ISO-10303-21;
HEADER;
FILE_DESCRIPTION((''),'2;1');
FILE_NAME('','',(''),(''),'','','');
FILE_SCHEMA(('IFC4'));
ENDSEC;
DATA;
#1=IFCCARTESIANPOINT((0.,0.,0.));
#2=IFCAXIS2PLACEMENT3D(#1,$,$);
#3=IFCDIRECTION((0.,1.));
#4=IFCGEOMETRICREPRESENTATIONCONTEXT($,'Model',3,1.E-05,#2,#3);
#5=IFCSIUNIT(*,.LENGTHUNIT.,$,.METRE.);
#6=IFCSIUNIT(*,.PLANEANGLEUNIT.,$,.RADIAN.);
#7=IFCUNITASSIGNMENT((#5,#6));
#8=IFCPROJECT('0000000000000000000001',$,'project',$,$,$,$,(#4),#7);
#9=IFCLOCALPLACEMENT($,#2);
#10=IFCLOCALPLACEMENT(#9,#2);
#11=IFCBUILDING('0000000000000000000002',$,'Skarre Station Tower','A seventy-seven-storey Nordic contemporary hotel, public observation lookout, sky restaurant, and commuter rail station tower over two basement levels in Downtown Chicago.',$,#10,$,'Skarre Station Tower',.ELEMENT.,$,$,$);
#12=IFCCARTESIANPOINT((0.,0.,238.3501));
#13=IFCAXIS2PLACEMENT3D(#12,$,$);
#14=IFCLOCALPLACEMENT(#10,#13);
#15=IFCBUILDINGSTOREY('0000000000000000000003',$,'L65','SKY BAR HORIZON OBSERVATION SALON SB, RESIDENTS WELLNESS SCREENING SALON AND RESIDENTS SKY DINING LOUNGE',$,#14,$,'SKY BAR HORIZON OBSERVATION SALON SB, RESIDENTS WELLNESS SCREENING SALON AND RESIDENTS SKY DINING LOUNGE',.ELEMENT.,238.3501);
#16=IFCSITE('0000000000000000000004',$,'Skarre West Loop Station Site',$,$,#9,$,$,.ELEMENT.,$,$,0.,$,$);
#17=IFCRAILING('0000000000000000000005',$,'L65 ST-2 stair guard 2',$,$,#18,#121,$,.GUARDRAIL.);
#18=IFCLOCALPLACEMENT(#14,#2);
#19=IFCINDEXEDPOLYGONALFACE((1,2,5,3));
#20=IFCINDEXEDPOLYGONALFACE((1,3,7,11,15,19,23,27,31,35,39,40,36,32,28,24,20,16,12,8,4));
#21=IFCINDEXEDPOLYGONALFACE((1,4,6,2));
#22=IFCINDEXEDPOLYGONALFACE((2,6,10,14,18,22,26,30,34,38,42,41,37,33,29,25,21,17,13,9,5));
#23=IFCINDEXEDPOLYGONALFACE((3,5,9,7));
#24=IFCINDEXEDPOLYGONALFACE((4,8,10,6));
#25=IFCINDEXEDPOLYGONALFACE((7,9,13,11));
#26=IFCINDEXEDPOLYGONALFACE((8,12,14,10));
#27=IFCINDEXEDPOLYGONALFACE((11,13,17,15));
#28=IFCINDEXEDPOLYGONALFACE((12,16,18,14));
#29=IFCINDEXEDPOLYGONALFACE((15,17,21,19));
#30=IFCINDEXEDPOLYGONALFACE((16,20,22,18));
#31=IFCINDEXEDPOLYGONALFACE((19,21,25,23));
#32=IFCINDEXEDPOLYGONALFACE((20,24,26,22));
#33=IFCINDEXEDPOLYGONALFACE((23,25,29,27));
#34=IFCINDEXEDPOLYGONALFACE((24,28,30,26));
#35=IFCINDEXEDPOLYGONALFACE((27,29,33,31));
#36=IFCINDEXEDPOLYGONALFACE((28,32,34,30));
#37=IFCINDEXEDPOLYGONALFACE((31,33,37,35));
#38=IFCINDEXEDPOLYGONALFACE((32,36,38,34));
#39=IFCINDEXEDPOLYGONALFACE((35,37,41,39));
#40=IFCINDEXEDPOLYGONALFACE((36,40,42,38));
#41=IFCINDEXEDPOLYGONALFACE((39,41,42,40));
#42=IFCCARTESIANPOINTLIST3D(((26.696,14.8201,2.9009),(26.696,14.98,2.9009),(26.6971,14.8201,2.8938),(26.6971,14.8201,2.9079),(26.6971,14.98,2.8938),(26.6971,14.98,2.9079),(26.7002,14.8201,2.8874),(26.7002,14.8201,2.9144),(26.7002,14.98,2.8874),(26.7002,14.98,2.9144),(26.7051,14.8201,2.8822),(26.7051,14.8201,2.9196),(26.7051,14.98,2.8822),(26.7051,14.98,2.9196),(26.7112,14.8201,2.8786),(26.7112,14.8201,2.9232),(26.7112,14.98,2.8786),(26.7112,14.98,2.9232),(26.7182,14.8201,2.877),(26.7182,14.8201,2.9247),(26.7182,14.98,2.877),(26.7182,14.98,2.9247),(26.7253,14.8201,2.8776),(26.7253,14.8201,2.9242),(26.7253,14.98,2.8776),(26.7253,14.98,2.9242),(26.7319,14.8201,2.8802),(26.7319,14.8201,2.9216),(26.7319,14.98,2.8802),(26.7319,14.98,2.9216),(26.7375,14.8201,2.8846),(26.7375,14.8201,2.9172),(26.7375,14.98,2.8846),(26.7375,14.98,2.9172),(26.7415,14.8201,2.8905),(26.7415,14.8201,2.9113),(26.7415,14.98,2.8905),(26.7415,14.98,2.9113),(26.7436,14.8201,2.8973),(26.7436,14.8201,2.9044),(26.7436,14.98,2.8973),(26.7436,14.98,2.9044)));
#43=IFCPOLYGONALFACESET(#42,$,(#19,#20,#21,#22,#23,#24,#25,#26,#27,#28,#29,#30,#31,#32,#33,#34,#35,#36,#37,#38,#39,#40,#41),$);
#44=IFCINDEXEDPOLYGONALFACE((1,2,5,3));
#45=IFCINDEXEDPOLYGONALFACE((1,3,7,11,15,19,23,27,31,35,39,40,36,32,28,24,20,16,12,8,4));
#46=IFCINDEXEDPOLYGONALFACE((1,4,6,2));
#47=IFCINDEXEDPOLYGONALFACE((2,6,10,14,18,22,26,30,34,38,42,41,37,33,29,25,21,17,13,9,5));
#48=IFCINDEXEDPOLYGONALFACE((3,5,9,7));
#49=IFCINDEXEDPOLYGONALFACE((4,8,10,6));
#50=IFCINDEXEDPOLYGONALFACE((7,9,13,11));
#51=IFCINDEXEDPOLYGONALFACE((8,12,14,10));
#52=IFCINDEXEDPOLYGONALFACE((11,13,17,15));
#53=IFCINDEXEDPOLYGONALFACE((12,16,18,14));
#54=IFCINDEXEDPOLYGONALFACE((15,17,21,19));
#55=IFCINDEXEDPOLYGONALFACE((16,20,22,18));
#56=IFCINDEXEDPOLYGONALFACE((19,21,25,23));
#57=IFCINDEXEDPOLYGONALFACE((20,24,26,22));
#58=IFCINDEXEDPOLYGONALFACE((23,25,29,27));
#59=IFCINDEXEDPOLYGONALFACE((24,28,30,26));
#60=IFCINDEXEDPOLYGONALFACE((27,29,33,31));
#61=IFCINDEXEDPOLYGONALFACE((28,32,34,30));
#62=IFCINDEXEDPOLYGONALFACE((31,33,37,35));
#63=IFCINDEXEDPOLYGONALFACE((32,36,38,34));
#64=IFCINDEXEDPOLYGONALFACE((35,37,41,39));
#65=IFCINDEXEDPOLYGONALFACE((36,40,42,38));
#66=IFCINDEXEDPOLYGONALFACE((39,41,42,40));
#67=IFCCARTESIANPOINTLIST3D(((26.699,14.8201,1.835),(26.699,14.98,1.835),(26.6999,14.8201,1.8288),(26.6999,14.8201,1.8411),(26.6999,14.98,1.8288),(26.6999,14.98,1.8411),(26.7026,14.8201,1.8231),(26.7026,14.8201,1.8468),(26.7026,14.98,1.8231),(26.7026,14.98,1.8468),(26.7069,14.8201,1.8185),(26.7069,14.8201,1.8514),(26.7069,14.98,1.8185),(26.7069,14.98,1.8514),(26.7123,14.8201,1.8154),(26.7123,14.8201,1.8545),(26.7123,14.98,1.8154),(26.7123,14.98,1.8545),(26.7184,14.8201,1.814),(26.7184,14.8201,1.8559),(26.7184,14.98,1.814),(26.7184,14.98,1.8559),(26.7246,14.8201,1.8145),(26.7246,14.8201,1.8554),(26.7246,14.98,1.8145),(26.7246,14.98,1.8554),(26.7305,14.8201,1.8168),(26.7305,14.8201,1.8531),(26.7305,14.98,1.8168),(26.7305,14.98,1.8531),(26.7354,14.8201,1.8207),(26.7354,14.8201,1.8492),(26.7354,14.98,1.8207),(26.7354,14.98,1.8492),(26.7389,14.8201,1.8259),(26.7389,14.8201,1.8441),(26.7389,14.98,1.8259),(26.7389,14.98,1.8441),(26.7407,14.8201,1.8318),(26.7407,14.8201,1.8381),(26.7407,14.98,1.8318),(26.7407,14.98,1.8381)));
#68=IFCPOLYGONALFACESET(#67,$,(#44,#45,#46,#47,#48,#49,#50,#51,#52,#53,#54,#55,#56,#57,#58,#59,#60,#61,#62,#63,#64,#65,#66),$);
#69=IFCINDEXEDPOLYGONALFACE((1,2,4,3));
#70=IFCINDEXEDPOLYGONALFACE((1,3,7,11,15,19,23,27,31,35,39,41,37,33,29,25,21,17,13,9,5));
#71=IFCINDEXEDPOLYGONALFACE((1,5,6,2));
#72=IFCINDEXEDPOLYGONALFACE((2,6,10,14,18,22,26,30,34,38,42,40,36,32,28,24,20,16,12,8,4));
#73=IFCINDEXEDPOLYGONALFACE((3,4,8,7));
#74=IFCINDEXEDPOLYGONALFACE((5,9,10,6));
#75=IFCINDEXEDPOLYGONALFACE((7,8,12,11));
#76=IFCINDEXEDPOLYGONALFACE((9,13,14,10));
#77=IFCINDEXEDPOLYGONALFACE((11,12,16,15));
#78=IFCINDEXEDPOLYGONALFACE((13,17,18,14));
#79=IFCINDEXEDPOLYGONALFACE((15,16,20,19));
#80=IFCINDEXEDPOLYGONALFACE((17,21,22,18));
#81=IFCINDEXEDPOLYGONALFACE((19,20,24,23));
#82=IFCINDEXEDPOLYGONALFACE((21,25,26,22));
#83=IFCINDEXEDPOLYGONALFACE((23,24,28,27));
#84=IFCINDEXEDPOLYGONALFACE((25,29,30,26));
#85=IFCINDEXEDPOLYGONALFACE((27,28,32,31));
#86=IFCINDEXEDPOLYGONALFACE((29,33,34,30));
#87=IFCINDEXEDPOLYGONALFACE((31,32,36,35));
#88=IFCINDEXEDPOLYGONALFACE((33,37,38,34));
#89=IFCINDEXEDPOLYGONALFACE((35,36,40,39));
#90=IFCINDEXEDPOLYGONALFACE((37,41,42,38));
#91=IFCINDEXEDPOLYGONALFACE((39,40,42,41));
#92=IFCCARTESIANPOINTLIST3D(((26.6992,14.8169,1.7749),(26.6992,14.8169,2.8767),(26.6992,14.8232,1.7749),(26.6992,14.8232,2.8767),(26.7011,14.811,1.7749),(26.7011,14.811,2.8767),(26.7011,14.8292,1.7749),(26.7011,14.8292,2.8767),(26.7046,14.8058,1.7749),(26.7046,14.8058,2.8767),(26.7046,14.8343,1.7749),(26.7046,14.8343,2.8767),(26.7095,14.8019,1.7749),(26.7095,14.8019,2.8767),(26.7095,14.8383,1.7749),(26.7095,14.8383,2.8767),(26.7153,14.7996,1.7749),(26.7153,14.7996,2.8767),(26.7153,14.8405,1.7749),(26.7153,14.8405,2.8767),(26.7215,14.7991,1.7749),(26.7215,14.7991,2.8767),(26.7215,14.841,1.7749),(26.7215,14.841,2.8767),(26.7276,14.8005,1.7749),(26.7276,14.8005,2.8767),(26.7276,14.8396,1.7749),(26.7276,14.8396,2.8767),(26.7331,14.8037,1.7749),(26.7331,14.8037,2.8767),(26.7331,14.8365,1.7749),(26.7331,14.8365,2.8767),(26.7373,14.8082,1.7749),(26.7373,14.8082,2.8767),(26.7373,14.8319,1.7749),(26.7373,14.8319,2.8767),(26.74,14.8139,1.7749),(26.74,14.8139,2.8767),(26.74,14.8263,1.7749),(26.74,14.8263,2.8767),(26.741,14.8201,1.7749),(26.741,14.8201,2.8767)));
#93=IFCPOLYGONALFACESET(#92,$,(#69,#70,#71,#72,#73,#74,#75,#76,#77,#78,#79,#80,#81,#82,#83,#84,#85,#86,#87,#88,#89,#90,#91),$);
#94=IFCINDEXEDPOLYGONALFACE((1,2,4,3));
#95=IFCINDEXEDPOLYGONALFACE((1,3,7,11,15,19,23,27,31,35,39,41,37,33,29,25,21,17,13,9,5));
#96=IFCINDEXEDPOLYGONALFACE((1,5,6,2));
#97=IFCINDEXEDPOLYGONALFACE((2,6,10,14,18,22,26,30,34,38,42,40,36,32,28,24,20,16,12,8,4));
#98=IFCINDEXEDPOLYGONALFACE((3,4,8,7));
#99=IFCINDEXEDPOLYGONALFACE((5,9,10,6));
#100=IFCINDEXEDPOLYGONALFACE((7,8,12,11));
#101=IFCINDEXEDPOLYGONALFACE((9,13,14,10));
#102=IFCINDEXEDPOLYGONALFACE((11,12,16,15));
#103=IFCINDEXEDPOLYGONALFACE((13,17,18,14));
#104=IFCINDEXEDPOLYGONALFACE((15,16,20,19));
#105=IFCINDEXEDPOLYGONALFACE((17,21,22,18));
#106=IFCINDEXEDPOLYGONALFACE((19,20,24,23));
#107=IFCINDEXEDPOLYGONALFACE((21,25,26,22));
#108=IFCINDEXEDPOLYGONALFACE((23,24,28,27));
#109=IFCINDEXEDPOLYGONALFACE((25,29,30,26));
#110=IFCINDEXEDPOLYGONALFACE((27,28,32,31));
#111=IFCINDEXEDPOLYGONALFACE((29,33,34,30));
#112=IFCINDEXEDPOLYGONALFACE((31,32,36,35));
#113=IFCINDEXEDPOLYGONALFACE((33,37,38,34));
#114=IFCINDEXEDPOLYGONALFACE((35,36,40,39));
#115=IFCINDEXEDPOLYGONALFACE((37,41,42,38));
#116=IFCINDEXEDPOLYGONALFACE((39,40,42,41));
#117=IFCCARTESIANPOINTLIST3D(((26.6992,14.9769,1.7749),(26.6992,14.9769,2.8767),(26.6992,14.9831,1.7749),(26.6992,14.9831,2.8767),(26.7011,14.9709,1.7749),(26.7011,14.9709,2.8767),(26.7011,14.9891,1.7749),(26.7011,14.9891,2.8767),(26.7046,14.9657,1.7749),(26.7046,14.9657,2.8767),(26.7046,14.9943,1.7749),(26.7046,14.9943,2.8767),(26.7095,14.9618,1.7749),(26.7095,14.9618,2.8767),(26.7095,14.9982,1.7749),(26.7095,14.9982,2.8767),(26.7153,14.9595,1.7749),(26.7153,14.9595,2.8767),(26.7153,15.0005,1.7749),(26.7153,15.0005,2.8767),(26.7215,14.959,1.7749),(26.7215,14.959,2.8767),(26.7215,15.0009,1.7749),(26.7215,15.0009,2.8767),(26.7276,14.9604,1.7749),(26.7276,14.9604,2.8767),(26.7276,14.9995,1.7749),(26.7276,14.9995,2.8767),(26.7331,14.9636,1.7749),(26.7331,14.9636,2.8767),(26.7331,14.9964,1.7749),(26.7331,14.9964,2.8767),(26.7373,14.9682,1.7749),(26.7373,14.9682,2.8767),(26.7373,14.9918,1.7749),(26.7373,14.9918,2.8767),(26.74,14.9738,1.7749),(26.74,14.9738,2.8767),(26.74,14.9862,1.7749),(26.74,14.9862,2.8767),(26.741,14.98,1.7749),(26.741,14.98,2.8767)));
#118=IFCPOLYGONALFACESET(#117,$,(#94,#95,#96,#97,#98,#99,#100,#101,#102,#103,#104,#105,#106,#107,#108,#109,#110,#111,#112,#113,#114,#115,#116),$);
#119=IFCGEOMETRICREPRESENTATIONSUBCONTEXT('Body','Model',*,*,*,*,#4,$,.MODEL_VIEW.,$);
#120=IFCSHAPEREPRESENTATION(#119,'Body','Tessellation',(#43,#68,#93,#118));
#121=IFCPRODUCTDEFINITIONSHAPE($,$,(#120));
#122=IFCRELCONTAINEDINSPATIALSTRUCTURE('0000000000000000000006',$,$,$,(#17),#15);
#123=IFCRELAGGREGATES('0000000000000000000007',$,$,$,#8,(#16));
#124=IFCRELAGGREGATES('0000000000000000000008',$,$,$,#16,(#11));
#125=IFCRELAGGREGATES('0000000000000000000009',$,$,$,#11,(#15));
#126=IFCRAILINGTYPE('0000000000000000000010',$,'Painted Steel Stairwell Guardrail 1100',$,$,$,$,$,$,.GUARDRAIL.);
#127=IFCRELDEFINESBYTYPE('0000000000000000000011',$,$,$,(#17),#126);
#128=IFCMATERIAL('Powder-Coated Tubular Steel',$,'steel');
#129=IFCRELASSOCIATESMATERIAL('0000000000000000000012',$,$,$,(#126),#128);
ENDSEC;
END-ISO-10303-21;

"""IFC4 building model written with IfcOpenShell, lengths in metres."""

from ifc_helpers import new_model, si_unit, direction, frame, origin, origin_2d, place, context, subcontext, project, spatial, circle, extrude, material, type_object, element, save


model = new_model("IFC4")

# Units and contexts
model_context = context("Model", 3, precision=1e-05, world=origin(), true_north=direction((0.0, 1.0)))
body_context = subcontext(model_context, "Body", "Model", "MODEL_VIEW")
ifc_project = project(units=[si_unit("LENGTHUNIT", "METRE"), si_unit("PLANEANGLEUNIT", "RADIAN")], contexts=[model_context])

# Site, building, storey
site_placement = place(None, origin())
site = spatial("IfcSite", under=ifc_project, at=site_placement, Name="Skarre West Loop Station Site", CompositionType="ELEMENT", RefElevation=0.0)
building_placement = place(site_placement, origin())
building = spatial("IfcBuilding", under=site, at=building_placement, Name="Skarre Station Tower", Description="A seventy-seven-storey Nordic contemporary hotel, public observation lookout, sky restaurant, and commuter rail station tower over two basement levels in Downtown Chicago.", LongName="Skarre Station Tower", CompositionType="ELEMENT")
storey_placement = place(building_placement, frame((0.0, 0.0, 238.3501)))
storey = spatial("IfcBuildingStorey", under=building, at=storey_placement, Name="L65", Description="SKY BAR HORIZON OBSERVATION SALON SB, RESIDENTS WELLNESS SCREENING SALON AND RESIDENTS SKY DINING LOUNGE", LongName="SKY BAR HORIZON OBSERVATION SALON SB, RESIDENTS WELLNESS SCREENING SALON AND RESIDENTS SKY DINING LOUNGE", CompositionType="ELEMENT", Elevation=238.3501)

# Railing
ifc_material_1 = material(Name="Powder-Coated Tubular Steel", Category="steel")
railing_type_1 = type_object("IfcRailingType", Name="Painted Steel Stairwell Guardrail 1100", PredefinedType="GUARDRAIL", material=ifc_material_1)
railing_1_placement = place(storey_placement, frame((26.72, 14.8201, 1.7749)))
element("IfcRailing", 1, at=railing_1_placement, inside=storey, type_object=railing_type_1, Name="L65 ST-2 stair guard 2", PredefinedType="GUARDRAIL", context=body_context, shape_type="SweptSolid", body=[
    extrude(circle(Radius=0.0239, at=origin_2d()), frame((0.0, 0.0, 1.126), z_axis=(0.0, 1.0, 0.0), x_axis=(-1.0, 0.0, 0.0)), (0.0, 0.0, 1.0), 0.1599),
    extrude(circle(Radius=0.021, at=origin_2d()), frame((0.0, 0.0, 0.0601), z_axis=(0.0, 1.0, 0.0), x_axis=(-1.0, 0.0, 0.0)), (0.0, 0.0, 1.0), 0.1599),
    extrude(circle(Radius=0.021, at=origin_2d()), origin(), (0.0, 0.0, 1.0), 1.1018),
    extrude(circle(Radius=0.021, at=origin_2d()), frame((0.0, 0.1599, 0.0)), (0.0, 0.0, 1.0), 1.1018),
])

save(model, "model.ifc")
